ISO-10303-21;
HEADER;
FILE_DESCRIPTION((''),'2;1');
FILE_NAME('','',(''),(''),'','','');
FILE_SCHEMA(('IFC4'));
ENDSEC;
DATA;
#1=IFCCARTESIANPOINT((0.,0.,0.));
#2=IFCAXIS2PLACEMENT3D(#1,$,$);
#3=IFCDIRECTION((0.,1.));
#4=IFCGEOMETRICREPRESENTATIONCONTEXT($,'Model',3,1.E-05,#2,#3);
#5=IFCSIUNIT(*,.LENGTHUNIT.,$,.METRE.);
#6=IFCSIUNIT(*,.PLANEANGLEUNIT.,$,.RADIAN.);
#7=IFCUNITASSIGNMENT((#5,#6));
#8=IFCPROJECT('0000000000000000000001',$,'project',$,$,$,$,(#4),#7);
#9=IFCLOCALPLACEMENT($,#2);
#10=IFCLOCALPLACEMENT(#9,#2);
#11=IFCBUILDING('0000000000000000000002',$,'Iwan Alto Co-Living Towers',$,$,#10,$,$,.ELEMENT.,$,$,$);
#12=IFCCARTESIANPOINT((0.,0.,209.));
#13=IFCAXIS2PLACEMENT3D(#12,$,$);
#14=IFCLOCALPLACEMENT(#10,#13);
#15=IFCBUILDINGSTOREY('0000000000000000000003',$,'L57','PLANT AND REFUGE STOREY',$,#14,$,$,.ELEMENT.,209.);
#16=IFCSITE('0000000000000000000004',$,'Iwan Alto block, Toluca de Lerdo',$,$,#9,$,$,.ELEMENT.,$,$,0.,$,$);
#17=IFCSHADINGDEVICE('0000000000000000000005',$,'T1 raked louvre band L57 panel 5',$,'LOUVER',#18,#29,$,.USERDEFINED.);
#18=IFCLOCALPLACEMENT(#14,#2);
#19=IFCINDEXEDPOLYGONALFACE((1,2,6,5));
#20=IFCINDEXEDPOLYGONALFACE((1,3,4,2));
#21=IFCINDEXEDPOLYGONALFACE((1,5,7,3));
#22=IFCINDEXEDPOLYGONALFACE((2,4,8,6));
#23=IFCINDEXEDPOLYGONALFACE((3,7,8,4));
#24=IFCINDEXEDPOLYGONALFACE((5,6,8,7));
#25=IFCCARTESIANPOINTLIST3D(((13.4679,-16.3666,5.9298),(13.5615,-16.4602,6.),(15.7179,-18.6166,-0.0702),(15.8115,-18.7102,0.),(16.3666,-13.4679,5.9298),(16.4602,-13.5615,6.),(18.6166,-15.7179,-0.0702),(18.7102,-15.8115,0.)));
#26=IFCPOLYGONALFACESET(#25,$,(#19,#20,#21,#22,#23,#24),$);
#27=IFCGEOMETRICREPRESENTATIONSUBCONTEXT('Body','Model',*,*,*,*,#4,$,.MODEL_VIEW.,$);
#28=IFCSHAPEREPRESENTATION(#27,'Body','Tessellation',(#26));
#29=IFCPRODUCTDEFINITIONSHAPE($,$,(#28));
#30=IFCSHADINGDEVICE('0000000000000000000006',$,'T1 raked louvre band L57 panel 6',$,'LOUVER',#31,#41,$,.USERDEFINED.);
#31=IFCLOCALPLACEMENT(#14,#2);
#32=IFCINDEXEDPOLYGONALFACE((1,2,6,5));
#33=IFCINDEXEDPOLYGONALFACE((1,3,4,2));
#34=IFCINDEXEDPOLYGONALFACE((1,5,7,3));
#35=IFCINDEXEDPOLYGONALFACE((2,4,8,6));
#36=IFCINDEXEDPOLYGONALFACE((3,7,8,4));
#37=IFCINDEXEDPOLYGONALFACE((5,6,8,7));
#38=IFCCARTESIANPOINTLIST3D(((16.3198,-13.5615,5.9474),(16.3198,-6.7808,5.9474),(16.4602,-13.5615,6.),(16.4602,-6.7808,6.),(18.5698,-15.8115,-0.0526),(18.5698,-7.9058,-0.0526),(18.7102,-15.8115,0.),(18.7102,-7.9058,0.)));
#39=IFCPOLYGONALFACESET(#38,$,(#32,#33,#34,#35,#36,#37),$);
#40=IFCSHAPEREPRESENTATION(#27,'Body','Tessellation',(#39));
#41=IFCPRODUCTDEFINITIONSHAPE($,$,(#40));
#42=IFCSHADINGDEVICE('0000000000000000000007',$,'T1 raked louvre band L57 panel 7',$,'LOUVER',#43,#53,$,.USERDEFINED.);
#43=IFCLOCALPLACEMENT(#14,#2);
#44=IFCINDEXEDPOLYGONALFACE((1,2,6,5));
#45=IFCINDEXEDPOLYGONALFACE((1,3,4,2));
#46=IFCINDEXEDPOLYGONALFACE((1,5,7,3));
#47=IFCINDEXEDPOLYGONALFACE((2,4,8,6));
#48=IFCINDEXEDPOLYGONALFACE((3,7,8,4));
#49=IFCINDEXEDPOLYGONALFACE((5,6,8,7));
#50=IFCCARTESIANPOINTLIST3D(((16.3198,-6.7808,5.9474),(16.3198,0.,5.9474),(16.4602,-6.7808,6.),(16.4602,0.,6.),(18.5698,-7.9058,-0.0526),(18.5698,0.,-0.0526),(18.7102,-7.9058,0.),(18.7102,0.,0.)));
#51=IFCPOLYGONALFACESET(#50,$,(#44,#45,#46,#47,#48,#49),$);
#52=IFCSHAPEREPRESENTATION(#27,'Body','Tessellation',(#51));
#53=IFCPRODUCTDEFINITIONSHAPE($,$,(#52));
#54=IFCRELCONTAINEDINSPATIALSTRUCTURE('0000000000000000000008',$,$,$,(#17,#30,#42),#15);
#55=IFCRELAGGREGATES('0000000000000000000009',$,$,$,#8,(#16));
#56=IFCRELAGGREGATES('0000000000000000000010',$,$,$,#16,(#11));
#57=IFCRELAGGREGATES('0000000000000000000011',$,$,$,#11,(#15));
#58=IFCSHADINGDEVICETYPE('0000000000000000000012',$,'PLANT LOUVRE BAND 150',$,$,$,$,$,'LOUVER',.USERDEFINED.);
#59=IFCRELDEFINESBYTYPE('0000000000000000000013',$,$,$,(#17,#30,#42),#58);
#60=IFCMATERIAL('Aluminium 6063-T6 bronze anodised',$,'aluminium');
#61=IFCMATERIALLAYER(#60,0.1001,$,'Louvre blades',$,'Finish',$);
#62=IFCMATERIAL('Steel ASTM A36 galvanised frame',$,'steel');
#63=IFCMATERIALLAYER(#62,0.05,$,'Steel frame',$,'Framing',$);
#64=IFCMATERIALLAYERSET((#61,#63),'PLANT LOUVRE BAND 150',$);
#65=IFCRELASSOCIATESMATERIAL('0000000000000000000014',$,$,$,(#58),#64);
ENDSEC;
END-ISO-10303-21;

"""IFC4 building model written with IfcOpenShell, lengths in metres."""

from ifc_helpers import new_model, si_unit, direction, frame, origin, place, context, subcontext, project, spatial, polyline, outline, extrude, material, layer, layer_set, type_object, element, save


model = new_model("IFC4")

# Units and contexts
model_context = context("Model", 3, precision=1e-05, world=origin(), true_north=direction((0.0, 1.0)))
body_context = subcontext(model_context, "Body", "Model", "MODEL_VIEW")
ifc_project = project(units=[si_unit("LENGTHUNIT", "METRE"), si_unit("PLANEANGLEUNIT", "RADIAN")], contexts=[model_context])

# Site, building, storey
site_placement = place(None, origin())
site = spatial("IfcSite", under=ifc_project, at=site_placement, Name="Iwan Alto block, Toluca de Lerdo", CompositionType="ELEMENT", RefElevation=0.0)
building_placement = place(site_placement, origin())
building = spatial("IfcBuilding", under=site, at=building_placement, Name="Iwan Alto Co-Living Towers", CompositionType="ELEMENT")
storey_placement = place(building_placement, frame((0.0, 0.0, 209.0)))
storey = spatial("IfcBuildingStorey", under=building, at=storey_placement, Name="L57", Description="PLANT AND REFUGE STOREY", CompositionType="ELEMENT", Elevation=209.0)

# Shared definitions
ifc_material_1 = material(Name="Aluminium 6063-T6 bronze anodised", Category="aluminium")

# Shading devices
ifc_layer_1 = layer(ifc_material_1, 0.1001, Name="Louvre blades", Category="Finish")
ifc_material_2 = material(Name="Steel ASTM A36 galvanised frame", Category="steel")
ifc_layer_2 = layer(ifc_material_2, 0.05, Name="Steel frame", Category="Framing")
ifc_layer_set_1 = layer_set([ifc_layer_1, ifc_layer_2], Name="PLANT LOUVRE BAND 150")
shading_device_type = type_object("IfcShadingDeviceType", Name="PLANT LOUVRE BAND 150", ElementType="LOUVER", PredefinedType="USERDEFINED", material=ifc_layer_set_1)
shading_device_1_placement = place(storey_placement, frame((15.8115, -18.7102, 0.0), z_axis=(0.624695, -0.624695, 0.468521), x_axis=(0.707107, 0.707107, 0.0)))
element("IfcShadingDevice", 1, at=shading_device_1_placement, inside=storey, type_object=shading_device_type, Name="T1 raked louvre band L57 panel 5", ObjectType="LOUVER", PredefinedType="USERDEFINED", context=body_context, shape_type="SweptSolid", body=[
    extrude(outline(polyline([(0.0, 0.0), (4.0994, 0.0), (4.0994, 6.7915), (0.0, 6.7915), (0.0, 0.0)])), origin(), (0.0, 0.0, -1.0), 0.1499),
])
shading_device_2_placement = place(storey_placement, frame((18.7102, -15.8115, 0.0), z_axis=(0.936329, 0.0, 0.351123), x_axis=(0.0, 1.0, 0.0)))
element("IfcShadingDevice", 2, at=shading_device_2_placement, inside=storey, type_object=shading_device_type, Name="T1 raked louvre band L57 panel 6", ObjectType="LOUVER", PredefinedType="USERDEFINED", context=body_context, shape_type="SweptSolid", body=[
    extrude(outline(polyline([(0.0, 0.0), (7.9058, 0.0), (9.0308, 6.408), (2.25, 6.408), (0.0, 0.0)])), origin(), (0.0, 0.0, -1.0), 0.1499),
])
shading_device_3_placement = place(storey_placement, frame((18.7102, -7.9058, 0.0), z_axis=(0.936329, 0.0, 0.351123), x_axis=(0.0, 1.0, 0.0)))
element("IfcShadingDevice", 3, at=shading_device_3_placement, inside=storey, type_object=shading_device_type, Name="T1 raked louvre band L57 panel 7", ObjectType="LOUVER", PredefinedType="USERDEFINED", context=body_context, shape_type="SweptSolid", body=[
    extrude(outline(polyline([(0.0, 0.0), (7.9058, 0.0), (7.9058, 6.408), (1.125, 6.408), (0.0, 0.0)])), origin(), (0.0, 0.0, -1.0), 0.1499),
])

save(model, "model.ifc")
